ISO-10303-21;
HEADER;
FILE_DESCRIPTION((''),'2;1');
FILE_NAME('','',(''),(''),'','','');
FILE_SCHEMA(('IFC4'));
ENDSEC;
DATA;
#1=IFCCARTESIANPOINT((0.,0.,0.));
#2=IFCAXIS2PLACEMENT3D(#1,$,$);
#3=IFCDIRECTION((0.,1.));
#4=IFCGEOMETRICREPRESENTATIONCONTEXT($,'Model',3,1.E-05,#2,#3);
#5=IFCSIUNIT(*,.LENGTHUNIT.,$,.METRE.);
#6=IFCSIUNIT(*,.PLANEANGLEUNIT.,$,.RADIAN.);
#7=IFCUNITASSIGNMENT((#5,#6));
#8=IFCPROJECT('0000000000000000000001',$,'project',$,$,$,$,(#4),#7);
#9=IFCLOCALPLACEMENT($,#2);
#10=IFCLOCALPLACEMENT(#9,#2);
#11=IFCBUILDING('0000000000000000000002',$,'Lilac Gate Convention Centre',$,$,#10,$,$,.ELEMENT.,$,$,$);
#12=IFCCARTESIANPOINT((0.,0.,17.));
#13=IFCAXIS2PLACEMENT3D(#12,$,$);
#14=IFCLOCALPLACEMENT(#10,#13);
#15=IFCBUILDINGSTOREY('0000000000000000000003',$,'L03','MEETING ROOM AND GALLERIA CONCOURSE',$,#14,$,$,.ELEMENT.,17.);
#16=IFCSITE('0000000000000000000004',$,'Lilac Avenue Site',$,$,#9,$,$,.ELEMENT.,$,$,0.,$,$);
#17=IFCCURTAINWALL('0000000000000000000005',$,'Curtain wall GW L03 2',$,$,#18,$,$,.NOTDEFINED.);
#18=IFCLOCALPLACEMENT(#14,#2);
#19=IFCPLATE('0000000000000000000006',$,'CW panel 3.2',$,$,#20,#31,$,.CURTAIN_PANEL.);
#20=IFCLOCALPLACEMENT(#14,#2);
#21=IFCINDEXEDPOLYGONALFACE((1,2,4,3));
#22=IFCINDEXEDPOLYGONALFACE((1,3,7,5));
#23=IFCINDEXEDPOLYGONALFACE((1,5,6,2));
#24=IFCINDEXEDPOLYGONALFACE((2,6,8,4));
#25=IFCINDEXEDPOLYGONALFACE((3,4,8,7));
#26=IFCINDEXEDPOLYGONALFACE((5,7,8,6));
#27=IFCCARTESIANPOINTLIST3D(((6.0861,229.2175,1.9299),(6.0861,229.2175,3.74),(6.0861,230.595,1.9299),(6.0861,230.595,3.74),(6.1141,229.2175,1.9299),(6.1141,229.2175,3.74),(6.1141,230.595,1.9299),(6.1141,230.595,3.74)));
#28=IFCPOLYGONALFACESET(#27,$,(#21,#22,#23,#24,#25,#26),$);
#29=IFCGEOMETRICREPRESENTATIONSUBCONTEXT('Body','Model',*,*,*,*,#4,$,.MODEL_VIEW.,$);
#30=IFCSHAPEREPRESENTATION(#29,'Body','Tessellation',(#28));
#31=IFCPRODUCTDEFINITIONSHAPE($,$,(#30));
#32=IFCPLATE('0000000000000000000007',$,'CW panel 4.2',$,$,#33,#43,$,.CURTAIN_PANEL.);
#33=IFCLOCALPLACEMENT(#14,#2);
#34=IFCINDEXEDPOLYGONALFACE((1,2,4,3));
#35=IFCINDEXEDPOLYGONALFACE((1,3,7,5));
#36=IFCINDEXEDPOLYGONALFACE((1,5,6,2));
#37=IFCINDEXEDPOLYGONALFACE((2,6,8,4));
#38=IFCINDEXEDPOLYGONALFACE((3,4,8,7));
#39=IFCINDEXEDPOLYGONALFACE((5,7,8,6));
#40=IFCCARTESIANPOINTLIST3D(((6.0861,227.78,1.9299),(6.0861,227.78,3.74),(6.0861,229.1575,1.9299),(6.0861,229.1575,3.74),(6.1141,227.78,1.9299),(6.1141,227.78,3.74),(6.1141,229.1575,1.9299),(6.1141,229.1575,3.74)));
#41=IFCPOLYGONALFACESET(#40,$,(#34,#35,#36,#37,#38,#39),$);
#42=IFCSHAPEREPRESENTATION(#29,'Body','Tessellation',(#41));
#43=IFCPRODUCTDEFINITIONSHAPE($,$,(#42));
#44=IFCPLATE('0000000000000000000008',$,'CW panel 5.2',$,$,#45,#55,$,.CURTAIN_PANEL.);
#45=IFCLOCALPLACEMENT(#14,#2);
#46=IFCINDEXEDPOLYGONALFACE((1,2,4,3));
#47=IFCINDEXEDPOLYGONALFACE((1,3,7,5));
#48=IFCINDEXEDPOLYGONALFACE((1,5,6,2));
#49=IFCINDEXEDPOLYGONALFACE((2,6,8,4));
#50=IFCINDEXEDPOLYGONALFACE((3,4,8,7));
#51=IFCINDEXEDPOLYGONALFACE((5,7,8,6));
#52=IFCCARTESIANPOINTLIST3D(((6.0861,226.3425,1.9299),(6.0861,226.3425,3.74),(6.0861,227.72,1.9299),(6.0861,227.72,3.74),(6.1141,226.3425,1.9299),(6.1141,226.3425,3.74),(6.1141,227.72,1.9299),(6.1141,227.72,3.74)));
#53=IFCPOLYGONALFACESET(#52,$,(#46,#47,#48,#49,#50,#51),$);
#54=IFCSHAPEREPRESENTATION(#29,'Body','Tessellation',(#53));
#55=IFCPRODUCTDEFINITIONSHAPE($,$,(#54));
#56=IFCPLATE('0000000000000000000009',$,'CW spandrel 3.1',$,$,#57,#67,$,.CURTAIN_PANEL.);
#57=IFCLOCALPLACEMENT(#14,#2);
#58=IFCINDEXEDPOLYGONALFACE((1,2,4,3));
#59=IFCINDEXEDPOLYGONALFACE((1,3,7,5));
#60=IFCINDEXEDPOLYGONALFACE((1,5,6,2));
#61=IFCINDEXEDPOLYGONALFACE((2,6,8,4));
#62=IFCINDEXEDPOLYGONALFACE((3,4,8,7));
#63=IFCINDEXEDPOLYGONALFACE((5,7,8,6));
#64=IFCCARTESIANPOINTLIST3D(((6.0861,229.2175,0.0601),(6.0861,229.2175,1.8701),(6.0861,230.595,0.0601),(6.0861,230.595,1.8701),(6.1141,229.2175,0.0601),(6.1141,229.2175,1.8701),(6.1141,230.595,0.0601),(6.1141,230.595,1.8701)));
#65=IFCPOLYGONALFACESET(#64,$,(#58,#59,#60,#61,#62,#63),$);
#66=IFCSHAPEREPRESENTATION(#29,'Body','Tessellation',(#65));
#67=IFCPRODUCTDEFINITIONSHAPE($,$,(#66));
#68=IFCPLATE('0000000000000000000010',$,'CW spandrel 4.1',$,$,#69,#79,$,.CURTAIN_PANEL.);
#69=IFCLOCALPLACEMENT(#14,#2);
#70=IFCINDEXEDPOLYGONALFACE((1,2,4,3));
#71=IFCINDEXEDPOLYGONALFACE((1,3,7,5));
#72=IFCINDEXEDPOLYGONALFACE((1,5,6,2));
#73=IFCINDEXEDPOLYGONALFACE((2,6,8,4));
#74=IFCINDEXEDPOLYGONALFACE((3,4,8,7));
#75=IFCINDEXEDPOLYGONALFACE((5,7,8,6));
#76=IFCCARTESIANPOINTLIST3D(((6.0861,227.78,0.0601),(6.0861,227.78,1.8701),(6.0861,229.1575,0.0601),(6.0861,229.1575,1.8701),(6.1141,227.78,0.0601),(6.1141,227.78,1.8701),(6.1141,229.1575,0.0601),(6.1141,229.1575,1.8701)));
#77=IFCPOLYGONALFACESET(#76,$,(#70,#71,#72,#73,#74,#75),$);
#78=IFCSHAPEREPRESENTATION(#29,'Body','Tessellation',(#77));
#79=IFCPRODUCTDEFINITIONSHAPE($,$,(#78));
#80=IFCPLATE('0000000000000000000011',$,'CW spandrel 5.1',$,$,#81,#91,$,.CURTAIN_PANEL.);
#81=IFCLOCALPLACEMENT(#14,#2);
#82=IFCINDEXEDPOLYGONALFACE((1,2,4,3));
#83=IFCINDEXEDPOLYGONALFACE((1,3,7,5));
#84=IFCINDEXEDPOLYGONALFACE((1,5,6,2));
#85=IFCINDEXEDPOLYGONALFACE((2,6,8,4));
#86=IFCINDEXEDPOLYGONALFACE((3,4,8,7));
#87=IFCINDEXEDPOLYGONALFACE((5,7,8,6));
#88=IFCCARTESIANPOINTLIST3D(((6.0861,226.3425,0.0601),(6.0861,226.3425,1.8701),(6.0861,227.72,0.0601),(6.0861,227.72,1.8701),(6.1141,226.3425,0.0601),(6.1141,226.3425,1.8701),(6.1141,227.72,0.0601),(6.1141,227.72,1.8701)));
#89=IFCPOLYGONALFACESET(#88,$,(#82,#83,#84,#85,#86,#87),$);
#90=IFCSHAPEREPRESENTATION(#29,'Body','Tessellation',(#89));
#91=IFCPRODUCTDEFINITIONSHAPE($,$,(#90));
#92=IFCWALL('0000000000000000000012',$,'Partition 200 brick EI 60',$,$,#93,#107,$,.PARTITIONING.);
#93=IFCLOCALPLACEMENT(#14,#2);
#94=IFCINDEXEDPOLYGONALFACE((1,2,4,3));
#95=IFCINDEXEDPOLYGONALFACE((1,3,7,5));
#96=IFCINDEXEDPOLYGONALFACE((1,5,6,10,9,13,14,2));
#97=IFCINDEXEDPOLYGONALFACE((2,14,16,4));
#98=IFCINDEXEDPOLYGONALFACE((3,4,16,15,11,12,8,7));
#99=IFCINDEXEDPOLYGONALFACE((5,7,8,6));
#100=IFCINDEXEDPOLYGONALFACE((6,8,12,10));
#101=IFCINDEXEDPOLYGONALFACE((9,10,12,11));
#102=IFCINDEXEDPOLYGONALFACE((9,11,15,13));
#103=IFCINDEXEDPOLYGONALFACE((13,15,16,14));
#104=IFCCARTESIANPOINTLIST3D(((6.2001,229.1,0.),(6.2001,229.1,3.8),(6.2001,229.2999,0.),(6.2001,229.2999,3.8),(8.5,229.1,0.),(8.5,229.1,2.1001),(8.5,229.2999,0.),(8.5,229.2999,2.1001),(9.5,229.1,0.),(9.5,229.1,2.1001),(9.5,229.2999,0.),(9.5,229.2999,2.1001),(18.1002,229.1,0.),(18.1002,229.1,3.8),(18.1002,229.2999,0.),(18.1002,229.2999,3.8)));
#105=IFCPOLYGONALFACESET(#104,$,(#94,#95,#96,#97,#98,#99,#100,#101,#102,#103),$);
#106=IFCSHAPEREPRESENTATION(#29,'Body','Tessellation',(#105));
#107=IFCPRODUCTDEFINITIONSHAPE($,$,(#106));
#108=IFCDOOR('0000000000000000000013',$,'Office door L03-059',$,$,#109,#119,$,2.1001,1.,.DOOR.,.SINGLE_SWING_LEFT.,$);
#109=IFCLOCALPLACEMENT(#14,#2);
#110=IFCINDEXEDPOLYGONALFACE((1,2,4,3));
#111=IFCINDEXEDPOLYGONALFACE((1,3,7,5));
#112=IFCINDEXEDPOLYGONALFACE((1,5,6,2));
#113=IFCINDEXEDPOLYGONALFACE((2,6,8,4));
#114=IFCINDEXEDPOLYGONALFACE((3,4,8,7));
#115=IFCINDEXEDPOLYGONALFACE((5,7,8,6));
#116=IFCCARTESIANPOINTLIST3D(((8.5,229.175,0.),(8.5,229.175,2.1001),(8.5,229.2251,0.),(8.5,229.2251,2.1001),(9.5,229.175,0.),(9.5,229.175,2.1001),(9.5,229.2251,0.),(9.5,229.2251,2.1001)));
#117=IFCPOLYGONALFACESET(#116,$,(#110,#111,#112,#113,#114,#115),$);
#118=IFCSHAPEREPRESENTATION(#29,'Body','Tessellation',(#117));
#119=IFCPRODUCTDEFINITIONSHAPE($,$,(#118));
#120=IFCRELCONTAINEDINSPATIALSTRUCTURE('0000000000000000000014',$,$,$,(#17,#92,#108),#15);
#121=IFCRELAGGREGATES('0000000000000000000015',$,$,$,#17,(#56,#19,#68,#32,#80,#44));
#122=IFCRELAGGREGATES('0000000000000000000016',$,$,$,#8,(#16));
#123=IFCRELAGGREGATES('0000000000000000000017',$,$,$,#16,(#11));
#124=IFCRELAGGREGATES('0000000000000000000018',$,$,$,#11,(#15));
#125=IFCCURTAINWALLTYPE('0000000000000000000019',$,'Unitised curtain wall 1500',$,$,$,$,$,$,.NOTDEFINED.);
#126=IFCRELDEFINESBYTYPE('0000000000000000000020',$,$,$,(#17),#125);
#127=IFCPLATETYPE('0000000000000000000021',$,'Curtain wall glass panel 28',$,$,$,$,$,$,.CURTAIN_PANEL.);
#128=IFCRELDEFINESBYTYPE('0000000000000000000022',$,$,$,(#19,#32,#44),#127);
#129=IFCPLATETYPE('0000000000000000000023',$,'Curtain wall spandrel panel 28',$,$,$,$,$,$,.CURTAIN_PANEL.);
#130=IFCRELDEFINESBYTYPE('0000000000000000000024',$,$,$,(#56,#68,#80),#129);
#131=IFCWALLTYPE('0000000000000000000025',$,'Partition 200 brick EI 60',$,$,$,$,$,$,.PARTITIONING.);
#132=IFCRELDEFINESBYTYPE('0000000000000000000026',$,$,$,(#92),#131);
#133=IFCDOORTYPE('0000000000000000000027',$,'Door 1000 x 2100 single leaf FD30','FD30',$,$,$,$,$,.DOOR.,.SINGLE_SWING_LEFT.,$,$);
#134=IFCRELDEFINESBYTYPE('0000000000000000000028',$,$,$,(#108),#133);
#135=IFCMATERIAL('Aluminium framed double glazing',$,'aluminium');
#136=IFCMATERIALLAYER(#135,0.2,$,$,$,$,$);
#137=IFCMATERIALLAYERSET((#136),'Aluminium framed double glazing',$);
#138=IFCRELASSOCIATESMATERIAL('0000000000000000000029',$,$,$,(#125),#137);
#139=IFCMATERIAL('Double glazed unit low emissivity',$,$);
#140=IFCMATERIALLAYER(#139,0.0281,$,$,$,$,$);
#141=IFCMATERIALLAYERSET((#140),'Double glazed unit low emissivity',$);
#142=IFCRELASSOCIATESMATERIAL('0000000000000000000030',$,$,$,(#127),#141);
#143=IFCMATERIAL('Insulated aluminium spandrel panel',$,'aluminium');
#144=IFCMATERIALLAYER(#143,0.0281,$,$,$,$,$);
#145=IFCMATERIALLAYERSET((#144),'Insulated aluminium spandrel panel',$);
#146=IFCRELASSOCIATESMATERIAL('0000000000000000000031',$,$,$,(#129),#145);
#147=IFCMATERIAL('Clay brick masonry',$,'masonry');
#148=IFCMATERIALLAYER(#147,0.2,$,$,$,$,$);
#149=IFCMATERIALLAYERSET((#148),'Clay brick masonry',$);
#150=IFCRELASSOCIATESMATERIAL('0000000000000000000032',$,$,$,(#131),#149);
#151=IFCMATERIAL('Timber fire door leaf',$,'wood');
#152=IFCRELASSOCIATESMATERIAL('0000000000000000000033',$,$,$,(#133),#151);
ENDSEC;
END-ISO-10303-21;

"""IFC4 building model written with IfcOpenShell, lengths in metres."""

from ifc_helpers import new_model, si_unit, direction, frame, frame_2d, origin, origin_2d, place, context, subcontext, project, spatial, rectangle, extrude, material, layer, layer_set, type_object, element, fill, aggregate, save


model = new_model("IFC4")

# Units and contexts
model_context = context("Model", 3, precision=1e-05, world=origin(), true_north=direction((0.0, 1.0)))
body_context = subcontext(model_context, "Body", "Model", "MODEL_VIEW")
ifc_project = project(units=[si_unit("LENGTHUNIT", "METRE"), si_unit("PLANEANGLEUNIT", "RADIAN")], contexts=[model_context])

# Site, building, storey
site_placement = place(None, origin())
site = spatial("IfcSite", under=ifc_project, at=site_placement, Name="Lilac Avenue Site", CompositionType="ELEMENT", RefElevation=0.0)
building_placement = place(site_placement, origin())
building = spatial("IfcBuilding", under=site, at=building_placement, Name="Lilac Gate Convention Centre", CompositionType="ELEMENT")
storey_placement = place(building_placement, frame((0.0, 0.0, 17.0)))
storey = spatial("IfcBuildingStorey", under=building, at=storey_placement, Name="L03", Description="MEETING ROOM AND GALLERIA CONCOURSE", CompositionType="ELEMENT", Elevation=17.0)

# Curtain wall
ifc_material_1 = material(Name="Aluminium framed double glazing", Category="aluminium")
ifc_layer_1 = layer(ifc_material_1, 0.2)
ifc_layer_set_1 = layer_set([ifc_layer_1], Name="Aluminium framed double glazing")
curtain_wall_type = type_object("IfcCurtainWallType", Name="Unitised curtain wall 1500", PredefinedType="NOTDEFINED", material=ifc_layer_set_1)
curtain_wall_placement = place(storey_placement, origin())
curtain_wall = element("IfcCurtainWall", 1, at=curtain_wall_placement, inside=storey, type_object=curtain_wall_type, Name="Curtain wall GW L03 2", PredefinedType="NOTDEFINED")

# Plates
ifc_material_2 = material(Name="Double glazed unit low emissivity")
ifc_layer_2 = layer(ifc_material_2, 0.0281)
ifc_layer_set_2 = layer_set([ifc_layer_2], Name="Double glazed unit low emissivity")
plate_type_1 = type_object("IfcPlateType", Name="Curtain wall glass panel 28", PredefinedType="CURTAIN_PANEL", material=ifc_layer_set_2)
plate_1_placement = place(storey_placement, frame((6.1001, 229.9062, 1.9299), z_axis=(0.0, 0.0, 1.0), x_axis=(0.0, -1.0, 0.0)))
plate_1 = element("IfcPlate", 2, at=plate_1_placement, type_object=plate_type_1, Name="CW panel 3.2", PredefinedType="CURTAIN_PANEL", context=body_context, shape_type="SweptSolid", body=[
    extrude(rectangle(XDim=1.3774, YDim=0.0281, at=origin_2d()), origin(), (0.0, 0.0, 1.0), 1.8101),
])
plate_2_placement = place(storey_placement, frame((6.1001, 228.4688, 1.9299), z_axis=(0.0, 0.0, 1.0), x_axis=(0.0, -1.0, 0.0)))
plate_2 = element("IfcPlate", 3, at=plate_2_placement, type_object=plate_type_1, Name="CW panel 4.2", PredefinedType="CURTAIN_PANEL", context=body_context, shape_type="SweptSolid", body=[
    extrude(rectangle(XDim=1.3774, YDim=0.0281, at=origin_2d()), origin(), (0.0, 0.0, 1.0), 1.8101),
])
plate_3_placement = place(storey_placement, frame((6.1001, 227.0312, 1.9299), z_axis=(0.0, 0.0, 1.0), x_axis=(0.0, -1.0, 0.0)))
plate_3 = element("IfcPlate", 4, at=plate_3_placement, type_object=plate_type_1, Name="CW panel 5.2", PredefinedType="CURTAIN_PANEL", context=body_context, shape_type="SweptSolid", body=[
    extrude(rectangle(XDim=1.3774, YDim=0.0281, at=origin_2d()), origin(), (0.0, 0.0, 1.0), 1.8101),
])
ifc_material_3 = material(Name="Insulated aluminium spandrel panel", Category="aluminium")
ifc_layer_3 = layer(ifc_material_3, 0.0281)
ifc_layer_set_3 = layer_set([ifc_layer_3], Name="Insulated aluminium spandrel panel")
plate_type_2 = type_object("IfcPlateType", Name="Curtain wall spandrel panel 28", PredefinedType="CURTAIN_PANEL", material=ifc_layer_set_3)
plate_4_placement = place(storey_placement, frame((6.1001, 229.9062, 0.0601), z_axis=(0.0, 0.0, 1.0), x_axis=(0.0, -1.0, 0.0)))
plate_4 = element("IfcPlate", 5, at=plate_4_placement, type_object=plate_type_2, Name="CW spandrel 3.1", PredefinedType="CURTAIN_PANEL", context=body_context, shape_type="SweptSolid", body=[
    extrude(rectangle(XDim=1.3774, YDim=0.0281, at=origin_2d()), origin(), (0.0, 0.0, 1.0), 1.8101),
])
plate_5_placement = place(storey_placement, frame((6.1001, 228.4688, 0.0601), z_axis=(0.0, 0.0, 1.0), x_axis=(0.0, -1.0, 0.0)))
plate_5 = element("IfcPlate", 6, at=plate_5_placement, type_object=plate_type_2, Name="CW spandrel 4.1", PredefinedType="CURTAIN_PANEL", context=body_context, shape_type="SweptSolid", body=[
    extrude(rectangle(XDim=1.3774, YDim=0.0281, at=origin_2d()), origin(), (0.0, 0.0, 1.0), 1.8101),
])
plate_6_placement = place(storey_placement, frame((6.1001, 227.0312, 0.0601), z_axis=(0.0, 0.0, 1.0), x_axis=(0.0, -1.0, 0.0)))
plate_6 = element("IfcPlate", 7, at=plate_6_placement, type_object=plate_type_2, Name="CW spandrel 5.1", PredefinedType="CURTAIN_PANEL", context=body_context, shape_type="SweptSolid", body=[
    extrude(rectangle(XDim=1.3774, YDim=0.0281, at=origin_2d()), origin(), (0.0, 0.0, 1.0), 1.8101),
])
aggregate(curtain_wall, [plate_4, plate_1, plate_5, plate_2, plate_6, plate_3])

# Wall, opening, door
ifc_material_4 = material(Name="Clay brick masonry", Category="masonry")
ifc_layer_4 = layer(ifc_material_4, 0.2)
ifc_layer_set_4 = layer_set([ifc_layer_4], Name="Clay brick masonry")
wall_type = type_object("IfcWallType", Name="Partition 200 brick EI 60", PredefinedType="PARTITIONING", material=ifc_layer_set_4)
wall_placement = place(storey_placement, frame((6.2, 229.2, 0.0), z_axis=(0.0, 0.0, 1.0), x_axis=(1.0, 0.0, 0.0)))
wall = element("IfcWall", 8, at=wall_placement, inside=storey, type_object=wall_type, Name="Partition 200 brick EI 60", PredefinedType="PARTITIONING", context=body_context, shape_type="SweptSolid", body=[
    extrude(rectangle(XDim=11.9001, YDim=0.2, at=frame_2d((5.9502, 0.0))), origin(), (0.0, 0.0, 1.0), 3.8),
])
opening_placement = place(wall_placement, frame((2.3, 0.0, 0.0)))
opening = element("IfcOpeningElement", 9, at=opening_placement, cuts=wall, PredefinedType="OPENING", context=body_context, shape_type="SweptSolid", body=[
    extrude(rectangle(XDim=1.0, YDim=2.1001, at=frame_2d((0.5, 1.05))), frame((0.0, 0.1099, 0.0), z_axis=(0.0, -1.0, 0.0), x_axis=(1.0, 0.0, 0.0)), (0.0, 0.0, 1.0), 0.22),
])
ifc_material_5 = material(Name="Timber fire door leaf", Category="wood")
door_type = type_object("IfcDoorType", Name="Door 1000 x 2100 single leaf FD30", Description="FD30", OperationType="SINGLE_SWING_LEFT", PredefinedType="DOOR", material=ifc_material_5)
door_placement = place(opening_placement, frame((1.0, 0.0, 0.0), z_axis=(0.0, 0.0, 1.0), x_axis=(-1.0, 0.0, 0.0)))
door = element("IfcDoor", 10, at=door_placement, inside=storey, type_object=door_type, Name="Office door L03-059", OperationType="SINGLE_SWING_LEFT", OverallHeight=2.1001, OverallWidth=1.0, PredefinedType="DOOR", context=body_context, shape_type="SweptSolid", body=[
    extrude(rectangle(XDim=1.0, YDim=2.1001, at=frame_2d((0.5, 1.05))), frame((0.0, 0.0249, 0.0), z_axis=(0.0, -1.0, 0.0), x_axis=(1.0, 0.0, 0.0)), (0.0, 0.0, 1.0), 0.05),
])
fill(opening, door)

save(model, "model.ifc")
